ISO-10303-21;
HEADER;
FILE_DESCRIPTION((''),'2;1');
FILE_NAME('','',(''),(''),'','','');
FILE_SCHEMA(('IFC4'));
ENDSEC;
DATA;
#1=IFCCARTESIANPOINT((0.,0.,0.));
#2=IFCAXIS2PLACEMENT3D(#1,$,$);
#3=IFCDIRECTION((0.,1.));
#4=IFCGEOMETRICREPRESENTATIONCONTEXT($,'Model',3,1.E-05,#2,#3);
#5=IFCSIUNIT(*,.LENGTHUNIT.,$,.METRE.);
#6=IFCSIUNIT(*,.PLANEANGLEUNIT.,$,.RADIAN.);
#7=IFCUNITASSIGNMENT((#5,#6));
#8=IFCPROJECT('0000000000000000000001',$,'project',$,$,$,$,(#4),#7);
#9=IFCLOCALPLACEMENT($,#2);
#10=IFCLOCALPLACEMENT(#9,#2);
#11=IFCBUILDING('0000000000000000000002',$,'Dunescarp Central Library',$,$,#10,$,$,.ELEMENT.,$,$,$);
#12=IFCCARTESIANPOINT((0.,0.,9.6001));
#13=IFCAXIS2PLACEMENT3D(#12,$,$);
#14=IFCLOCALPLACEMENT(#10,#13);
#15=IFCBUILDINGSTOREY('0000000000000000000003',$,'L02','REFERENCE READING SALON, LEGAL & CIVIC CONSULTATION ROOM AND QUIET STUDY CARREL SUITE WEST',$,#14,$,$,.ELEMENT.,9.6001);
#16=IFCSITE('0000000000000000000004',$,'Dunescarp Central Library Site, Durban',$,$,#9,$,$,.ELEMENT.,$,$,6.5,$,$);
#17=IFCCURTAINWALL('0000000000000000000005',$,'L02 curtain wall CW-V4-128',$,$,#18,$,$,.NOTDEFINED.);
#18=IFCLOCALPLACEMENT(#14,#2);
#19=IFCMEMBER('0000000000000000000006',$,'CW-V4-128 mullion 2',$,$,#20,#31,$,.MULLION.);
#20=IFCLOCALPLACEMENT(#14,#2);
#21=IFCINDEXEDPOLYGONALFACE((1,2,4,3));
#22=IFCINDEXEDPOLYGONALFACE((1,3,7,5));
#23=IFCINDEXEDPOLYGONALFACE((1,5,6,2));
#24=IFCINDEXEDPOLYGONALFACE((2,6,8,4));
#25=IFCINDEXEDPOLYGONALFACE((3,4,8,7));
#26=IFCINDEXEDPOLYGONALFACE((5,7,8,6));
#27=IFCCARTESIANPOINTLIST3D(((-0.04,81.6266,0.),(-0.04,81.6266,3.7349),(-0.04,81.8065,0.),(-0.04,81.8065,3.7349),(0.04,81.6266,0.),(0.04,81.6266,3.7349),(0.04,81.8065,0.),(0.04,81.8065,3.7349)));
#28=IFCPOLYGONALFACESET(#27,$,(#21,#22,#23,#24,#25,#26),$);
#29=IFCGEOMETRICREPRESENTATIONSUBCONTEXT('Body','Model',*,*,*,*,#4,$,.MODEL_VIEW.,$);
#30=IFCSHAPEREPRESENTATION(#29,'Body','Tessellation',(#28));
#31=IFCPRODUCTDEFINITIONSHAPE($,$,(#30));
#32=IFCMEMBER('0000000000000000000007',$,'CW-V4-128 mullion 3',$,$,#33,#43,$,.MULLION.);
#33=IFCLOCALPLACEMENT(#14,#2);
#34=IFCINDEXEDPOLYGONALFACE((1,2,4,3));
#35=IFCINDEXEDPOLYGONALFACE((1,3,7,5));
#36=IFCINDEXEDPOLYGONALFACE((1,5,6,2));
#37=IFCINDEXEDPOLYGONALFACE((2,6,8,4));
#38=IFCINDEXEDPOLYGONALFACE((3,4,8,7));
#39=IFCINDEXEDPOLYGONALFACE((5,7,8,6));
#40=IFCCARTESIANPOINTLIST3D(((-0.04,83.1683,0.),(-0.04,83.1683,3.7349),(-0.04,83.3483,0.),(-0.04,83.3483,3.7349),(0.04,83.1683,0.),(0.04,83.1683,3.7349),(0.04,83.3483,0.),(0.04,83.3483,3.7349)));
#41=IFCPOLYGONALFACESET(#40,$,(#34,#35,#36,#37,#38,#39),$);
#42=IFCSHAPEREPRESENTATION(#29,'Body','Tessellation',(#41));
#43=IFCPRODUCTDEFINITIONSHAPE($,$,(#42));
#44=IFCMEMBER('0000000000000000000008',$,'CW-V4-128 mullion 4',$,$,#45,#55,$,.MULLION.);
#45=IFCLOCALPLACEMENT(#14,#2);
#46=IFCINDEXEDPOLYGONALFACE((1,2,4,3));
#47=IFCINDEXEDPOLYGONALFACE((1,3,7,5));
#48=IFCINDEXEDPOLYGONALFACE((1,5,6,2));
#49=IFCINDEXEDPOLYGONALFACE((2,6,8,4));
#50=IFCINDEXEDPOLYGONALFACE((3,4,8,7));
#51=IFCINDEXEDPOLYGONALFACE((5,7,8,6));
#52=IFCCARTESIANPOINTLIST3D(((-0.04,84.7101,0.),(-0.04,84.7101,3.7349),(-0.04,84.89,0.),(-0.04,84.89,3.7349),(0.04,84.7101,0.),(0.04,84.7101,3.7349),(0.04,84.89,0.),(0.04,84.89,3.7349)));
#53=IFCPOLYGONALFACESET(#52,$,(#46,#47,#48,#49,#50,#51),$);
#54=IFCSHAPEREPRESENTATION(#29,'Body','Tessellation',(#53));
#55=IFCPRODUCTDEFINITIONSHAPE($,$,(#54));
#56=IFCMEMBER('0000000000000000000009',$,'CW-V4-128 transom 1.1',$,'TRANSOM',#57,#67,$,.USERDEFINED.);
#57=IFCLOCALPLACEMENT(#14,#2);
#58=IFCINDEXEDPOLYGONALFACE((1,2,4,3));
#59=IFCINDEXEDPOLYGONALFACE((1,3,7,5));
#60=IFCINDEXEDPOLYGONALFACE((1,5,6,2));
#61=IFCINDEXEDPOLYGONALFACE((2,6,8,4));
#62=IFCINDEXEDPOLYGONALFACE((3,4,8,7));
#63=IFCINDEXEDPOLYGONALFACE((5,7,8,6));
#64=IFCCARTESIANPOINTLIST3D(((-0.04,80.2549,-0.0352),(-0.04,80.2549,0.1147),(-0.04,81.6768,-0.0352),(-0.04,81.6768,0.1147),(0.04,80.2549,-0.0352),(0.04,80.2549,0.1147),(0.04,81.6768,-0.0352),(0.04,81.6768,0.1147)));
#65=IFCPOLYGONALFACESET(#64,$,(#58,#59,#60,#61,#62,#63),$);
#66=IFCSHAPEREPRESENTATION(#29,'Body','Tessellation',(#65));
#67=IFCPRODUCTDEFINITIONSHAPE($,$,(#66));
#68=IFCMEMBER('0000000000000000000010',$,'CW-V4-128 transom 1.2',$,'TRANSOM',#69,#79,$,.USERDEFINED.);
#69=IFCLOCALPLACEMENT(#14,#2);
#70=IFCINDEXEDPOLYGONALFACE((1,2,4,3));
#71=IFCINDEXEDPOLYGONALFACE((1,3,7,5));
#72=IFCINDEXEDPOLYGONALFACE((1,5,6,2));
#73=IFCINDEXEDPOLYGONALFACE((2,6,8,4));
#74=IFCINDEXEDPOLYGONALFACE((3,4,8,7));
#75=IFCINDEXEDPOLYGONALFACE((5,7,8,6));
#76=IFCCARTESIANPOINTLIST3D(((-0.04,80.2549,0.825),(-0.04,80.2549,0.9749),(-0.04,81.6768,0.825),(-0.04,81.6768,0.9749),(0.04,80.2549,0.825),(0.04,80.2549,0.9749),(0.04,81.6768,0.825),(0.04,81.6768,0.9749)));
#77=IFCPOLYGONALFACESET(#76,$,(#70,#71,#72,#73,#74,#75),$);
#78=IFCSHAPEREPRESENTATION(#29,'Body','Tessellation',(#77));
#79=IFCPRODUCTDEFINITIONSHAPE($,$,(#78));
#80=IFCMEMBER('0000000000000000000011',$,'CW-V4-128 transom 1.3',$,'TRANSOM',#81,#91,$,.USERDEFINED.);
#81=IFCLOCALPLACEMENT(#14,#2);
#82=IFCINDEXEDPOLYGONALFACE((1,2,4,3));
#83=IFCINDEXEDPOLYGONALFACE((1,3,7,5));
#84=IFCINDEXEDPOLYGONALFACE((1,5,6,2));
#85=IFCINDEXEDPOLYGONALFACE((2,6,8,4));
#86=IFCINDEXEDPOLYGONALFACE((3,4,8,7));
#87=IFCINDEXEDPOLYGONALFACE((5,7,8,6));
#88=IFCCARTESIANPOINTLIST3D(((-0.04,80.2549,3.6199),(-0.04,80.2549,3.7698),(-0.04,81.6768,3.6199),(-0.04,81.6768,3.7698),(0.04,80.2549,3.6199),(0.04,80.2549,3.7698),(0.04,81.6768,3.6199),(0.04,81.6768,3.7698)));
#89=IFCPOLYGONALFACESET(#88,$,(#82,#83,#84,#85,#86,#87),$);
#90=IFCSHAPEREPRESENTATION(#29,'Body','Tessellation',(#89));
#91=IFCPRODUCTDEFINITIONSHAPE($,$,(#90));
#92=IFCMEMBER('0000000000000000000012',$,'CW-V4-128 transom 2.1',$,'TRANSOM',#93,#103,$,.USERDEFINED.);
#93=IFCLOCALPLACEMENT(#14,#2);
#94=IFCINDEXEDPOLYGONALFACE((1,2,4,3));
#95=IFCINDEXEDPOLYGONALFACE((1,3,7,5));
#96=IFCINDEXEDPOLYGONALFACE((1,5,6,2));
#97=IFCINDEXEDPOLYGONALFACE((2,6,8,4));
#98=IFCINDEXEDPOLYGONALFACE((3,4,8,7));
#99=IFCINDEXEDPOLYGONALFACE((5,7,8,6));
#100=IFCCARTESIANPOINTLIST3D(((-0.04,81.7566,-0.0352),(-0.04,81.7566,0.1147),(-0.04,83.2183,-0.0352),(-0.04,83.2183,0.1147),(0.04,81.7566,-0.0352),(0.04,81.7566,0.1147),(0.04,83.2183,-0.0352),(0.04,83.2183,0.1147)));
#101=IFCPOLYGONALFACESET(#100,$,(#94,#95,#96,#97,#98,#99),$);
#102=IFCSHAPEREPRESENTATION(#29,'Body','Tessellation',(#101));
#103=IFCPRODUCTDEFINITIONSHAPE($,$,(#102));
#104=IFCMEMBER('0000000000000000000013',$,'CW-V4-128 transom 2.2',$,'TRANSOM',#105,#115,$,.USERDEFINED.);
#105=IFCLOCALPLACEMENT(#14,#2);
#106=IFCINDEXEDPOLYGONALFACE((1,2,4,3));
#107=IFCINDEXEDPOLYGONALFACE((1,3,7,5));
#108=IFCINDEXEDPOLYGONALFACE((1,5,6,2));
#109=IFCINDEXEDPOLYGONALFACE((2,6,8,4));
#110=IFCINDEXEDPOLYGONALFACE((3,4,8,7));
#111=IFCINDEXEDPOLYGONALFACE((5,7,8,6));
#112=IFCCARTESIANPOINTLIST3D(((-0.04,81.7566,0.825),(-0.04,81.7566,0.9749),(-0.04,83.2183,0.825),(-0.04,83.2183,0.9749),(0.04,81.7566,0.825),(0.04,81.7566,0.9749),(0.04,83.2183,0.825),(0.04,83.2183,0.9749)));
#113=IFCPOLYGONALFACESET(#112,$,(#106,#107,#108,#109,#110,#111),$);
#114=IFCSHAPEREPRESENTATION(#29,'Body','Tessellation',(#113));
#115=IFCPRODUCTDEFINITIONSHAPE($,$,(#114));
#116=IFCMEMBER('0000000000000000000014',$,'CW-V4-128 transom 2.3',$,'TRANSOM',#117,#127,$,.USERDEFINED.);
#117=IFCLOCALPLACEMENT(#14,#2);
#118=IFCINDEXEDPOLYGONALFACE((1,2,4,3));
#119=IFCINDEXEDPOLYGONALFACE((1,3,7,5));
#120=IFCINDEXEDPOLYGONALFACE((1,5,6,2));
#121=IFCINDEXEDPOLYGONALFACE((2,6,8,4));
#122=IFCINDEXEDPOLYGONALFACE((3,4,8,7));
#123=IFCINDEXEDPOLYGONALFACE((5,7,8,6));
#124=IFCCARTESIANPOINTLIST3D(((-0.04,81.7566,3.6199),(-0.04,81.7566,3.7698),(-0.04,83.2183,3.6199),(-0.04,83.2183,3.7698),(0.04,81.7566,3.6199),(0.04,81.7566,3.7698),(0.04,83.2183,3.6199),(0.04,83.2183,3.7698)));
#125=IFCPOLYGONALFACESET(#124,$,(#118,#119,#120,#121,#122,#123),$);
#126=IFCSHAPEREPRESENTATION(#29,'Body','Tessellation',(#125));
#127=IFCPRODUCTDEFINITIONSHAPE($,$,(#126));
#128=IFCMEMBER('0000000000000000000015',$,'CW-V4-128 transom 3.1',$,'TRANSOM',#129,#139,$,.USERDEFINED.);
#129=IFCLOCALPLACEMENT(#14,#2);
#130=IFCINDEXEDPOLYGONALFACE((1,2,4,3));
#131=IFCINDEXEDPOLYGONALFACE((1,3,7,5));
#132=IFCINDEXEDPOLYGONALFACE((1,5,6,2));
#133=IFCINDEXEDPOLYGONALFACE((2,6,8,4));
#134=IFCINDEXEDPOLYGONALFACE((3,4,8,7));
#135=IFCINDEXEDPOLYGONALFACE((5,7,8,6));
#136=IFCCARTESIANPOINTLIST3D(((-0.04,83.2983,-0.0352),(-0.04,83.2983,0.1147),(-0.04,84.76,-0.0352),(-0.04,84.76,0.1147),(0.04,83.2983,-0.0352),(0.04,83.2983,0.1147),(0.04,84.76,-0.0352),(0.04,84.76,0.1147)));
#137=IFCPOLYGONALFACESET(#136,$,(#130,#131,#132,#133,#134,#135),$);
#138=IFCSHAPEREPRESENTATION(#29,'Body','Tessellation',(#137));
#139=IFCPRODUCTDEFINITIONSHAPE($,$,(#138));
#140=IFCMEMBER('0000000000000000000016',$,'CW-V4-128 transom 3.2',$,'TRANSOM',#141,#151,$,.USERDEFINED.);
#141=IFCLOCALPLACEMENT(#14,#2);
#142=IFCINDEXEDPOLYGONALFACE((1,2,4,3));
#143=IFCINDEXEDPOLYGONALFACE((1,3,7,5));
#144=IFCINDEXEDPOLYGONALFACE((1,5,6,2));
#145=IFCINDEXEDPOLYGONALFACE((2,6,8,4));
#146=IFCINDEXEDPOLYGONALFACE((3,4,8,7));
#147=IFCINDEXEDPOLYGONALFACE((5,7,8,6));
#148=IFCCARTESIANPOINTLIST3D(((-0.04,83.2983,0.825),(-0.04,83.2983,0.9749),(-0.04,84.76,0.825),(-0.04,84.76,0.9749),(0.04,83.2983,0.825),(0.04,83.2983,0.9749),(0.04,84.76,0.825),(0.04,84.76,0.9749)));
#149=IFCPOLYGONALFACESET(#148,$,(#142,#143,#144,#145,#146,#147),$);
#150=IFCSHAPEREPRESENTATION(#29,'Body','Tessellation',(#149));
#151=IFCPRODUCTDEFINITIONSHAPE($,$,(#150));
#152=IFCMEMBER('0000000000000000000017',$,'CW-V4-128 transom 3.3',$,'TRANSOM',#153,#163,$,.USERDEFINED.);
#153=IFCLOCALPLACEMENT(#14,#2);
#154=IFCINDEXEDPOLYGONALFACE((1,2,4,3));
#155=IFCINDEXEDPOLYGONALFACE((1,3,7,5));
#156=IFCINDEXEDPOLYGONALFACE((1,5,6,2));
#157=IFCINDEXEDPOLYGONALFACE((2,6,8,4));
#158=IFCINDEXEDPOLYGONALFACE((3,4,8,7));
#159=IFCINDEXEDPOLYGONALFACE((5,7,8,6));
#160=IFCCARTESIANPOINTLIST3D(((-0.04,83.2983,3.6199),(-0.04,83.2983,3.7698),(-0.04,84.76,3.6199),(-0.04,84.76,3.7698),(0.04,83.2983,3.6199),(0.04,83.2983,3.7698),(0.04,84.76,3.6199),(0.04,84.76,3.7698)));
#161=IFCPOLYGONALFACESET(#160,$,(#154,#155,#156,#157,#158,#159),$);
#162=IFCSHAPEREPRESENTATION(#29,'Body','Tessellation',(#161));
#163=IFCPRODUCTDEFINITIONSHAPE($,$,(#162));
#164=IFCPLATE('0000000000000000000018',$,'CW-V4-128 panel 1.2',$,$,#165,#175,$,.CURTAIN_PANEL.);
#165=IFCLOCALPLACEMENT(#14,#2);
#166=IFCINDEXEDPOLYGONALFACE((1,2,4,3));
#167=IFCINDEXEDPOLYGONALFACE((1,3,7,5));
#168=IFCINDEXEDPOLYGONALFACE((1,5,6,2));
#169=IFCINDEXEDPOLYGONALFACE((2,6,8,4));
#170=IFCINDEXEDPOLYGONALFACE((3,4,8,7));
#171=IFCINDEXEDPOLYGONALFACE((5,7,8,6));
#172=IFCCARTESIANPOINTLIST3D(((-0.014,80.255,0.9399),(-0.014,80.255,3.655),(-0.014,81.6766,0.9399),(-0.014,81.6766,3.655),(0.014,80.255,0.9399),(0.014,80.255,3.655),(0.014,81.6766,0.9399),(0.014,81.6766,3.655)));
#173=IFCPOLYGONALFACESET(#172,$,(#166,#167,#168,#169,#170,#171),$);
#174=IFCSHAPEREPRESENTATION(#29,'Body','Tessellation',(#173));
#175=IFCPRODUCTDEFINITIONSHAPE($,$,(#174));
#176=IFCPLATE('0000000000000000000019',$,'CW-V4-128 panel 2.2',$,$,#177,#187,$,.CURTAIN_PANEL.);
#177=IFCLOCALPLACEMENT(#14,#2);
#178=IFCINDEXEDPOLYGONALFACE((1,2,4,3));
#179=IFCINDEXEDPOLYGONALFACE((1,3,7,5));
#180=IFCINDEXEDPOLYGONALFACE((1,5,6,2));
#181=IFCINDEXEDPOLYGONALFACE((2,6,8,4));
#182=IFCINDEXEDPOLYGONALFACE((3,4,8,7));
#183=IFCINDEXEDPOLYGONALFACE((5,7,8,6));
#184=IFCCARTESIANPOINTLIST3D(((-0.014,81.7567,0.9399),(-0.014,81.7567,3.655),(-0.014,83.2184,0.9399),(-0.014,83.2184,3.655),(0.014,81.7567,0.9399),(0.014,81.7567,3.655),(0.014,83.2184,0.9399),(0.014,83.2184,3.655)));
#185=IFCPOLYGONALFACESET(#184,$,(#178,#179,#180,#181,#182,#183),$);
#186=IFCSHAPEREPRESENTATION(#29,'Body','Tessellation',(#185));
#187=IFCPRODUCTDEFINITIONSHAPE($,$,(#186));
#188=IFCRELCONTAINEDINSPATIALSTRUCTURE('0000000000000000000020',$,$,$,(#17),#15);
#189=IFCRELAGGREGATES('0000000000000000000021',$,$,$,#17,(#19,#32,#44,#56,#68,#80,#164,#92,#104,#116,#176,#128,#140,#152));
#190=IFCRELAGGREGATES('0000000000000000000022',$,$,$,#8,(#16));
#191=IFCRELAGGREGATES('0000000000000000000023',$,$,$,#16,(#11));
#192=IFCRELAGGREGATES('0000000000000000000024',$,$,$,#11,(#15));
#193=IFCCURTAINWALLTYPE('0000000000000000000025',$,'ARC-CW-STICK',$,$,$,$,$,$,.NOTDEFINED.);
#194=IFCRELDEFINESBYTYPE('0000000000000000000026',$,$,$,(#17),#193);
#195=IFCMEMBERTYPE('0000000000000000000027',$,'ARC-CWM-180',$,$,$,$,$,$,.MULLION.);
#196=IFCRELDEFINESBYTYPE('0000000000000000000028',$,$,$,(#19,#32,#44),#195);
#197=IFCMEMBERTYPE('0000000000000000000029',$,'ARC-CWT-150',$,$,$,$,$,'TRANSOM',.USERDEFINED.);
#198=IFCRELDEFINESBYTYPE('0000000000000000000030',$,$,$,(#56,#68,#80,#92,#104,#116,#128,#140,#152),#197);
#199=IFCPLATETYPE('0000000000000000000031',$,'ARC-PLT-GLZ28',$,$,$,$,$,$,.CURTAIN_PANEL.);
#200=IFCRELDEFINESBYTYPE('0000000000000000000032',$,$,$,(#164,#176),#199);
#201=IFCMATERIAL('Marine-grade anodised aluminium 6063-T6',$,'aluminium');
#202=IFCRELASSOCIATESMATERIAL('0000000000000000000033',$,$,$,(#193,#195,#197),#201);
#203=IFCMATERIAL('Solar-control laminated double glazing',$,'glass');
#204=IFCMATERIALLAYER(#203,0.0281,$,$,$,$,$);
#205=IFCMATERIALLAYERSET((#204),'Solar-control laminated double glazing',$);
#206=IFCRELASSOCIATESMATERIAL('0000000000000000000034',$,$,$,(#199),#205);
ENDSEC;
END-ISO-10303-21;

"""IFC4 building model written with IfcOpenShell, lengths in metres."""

from ifc_helpers import new_model, si_unit, direction, frame, origin, origin_2d, place, context, subcontext, project, spatial, rectangle, extrude, material, layer, layer_set, material_profile, profile_set, type_object, element, aggregate, save


model = new_model("IFC4")

# Units and contexts
model_context = context("Model", 3, precision=1e-05, world=origin(), true_north=direction((0.0, 1.0)))
body_context = subcontext(model_context, "Body", "Model", "MODEL_VIEW")
ifc_project = project(units=[si_unit("LENGTHUNIT", "METRE"), si_unit("PLANEANGLEUNIT", "RADIAN")], contexts=[model_context])

# Site, building, storey
site_placement = place(None, origin())
site = spatial("IfcSite", under=ifc_project, at=site_placement, Name="Dunescarp Central Library Site, Durban", CompositionType="ELEMENT", RefElevation=6.5)
building_placement = place(site_placement, origin())
building = spatial("IfcBuilding", under=site, at=building_placement, Name="Dunescarp Central Library", CompositionType="ELEMENT")
storey_placement = place(building_placement, frame((0.0, 0.0, 9.6001)))
storey = spatial("IfcBuildingStorey", under=building, at=storey_placement, Name="L02", Description="REFERENCE READING SALON, LEGAL & CIVIC CONSULTATION ROOM AND QUIET STUDY CARREL SUITE WEST", CompositionType="ELEMENT", Elevation=9.6001)

# Curtain wall, members, plates
ifc_material_1 = material(Name="Marine-grade anodised aluminium 6063-T6", Category="aluminium")
curtain_wall_type = type_object("IfcCurtainWallType", Name="ARC-CW-STICK", PredefinedType="NOTDEFINED", material=ifc_material_1)
curtain_wall_placement = place(storey_placement, origin())
curtain_wall = element("IfcCurtainWall", 1, at=curtain_wall_placement, inside=storey, type_object=curtain_wall_type, Name="L02 curtain wall CW-V4-128", PredefinedType="NOTDEFINED")
ifc_material_profile_1 = material_profile(ifc_material_1, rectangle(XDim=0.0801, YDim=0.1799, at=origin_2d()), Name="AL 80x180")
ifc_profile_set_1 = profile_set([ifc_material_profile_1], Name="Marine-grade anodised aluminium 6063-T6")
member_type_1 = type_object("IfcMemberType", Name="ARC-CWM-180", PredefinedType="MULLION", material=ifc_profile_set_1)
member_1_placement = place(storey_placement, frame((0.0, 81.7166, 0.0), z_axis=(0.0, 0.0, 1.0), x_axis=(-1.0, 0.0, 0.0)))
member_1 = element("IfcMember", 2, at=member_1_placement, type_object=member_type_1, Name="CW-V4-128 mullion 2", PredefinedType="MULLION", context=body_context, shape_type="SweptSolid", body=[
    extrude(rectangle(XDim=0.0801, YDim=0.1799, at=origin_2d()), origin(), (0.0, 0.0, 1.0), 3.7349),
])
member_2_placement = place(storey_placement, frame((0.0, 83.2583, 0.0), z_axis=(0.0, 0.0, 1.0), x_axis=(-1.0, 0.0, 0.0)))
member_2 = element("IfcMember", 3, at=member_2_placement, type_object=member_type_1, Name="CW-V4-128 mullion 3", PredefinedType="MULLION", context=body_context, shape_type="SweptSolid", body=[
    extrude(rectangle(XDim=0.0801, YDim=0.1799, at=origin_2d()), origin(), (0.0, 0.0, 1.0), 3.7349),
])
member_3_placement = place(storey_placement, frame((0.0, 84.8, 0.0), z_axis=(0.0, 0.0, 1.0), x_axis=(-1.0, 0.0, 0.0)))
member_3 = element("IfcMember", 4, at=member_3_placement, type_object=member_type_1, Name="CW-V4-128 mullion 4", PredefinedType="MULLION", context=body_context, shape_type="SweptSolid", body=[
    extrude(rectangle(XDim=0.0801, YDim=0.1799, at=origin_2d()), origin(), (0.0, 0.0, 1.0), 3.7349),
])
ifc_material_profile_2 = material_profile(ifc_material_1, rectangle(XDim=0.0801, YDim=0.1499, at=origin_2d()), Name="AL 80x150")
ifc_profile_set_2 = profile_set([ifc_material_profile_2], Name="Marine-grade anodised aluminium 6063-T6")
member_type_2 = type_object("IfcMemberType", Name="ARC-CWT-150", ElementType="TRANSOM", PredefinedType="USERDEFINED", material=ifc_profile_set_2)
member_4_placement = place(storey_placement, frame((0.0, 80.2549, 0.0398), z_axis=(0.0, 1.0, 0.0), x_axis=(-1.0, 0.0, 0.0)))
member_4 = element("IfcMember", 5, at=member_4_placement, type_object=member_type_2, Name="CW-V4-128 transom 1.1", ObjectType="TRANSOM", PredefinedType="USERDEFINED", context=body_context, shape_type="SweptSolid", body=[
    extrude(rectangle(XDim=0.0801, YDim=0.1499, at=origin_2d()), origin(), (0.0, 0.0, 1.0), 1.4219),
])
member_5_placement = place(storey_placement, frame((0.0, 80.2549, 0.8999), z_axis=(0.0, 1.0, 0.0), x_axis=(-1.0, 0.0, 0.0)))
member_5 = element("IfcMember", 6, at=member_5_placement, type_object=member_type_2, Name="CW-V4-128 transom 1.2", ObjectType="TRANSOM", PredefinedType="USERDEFINED", context=body_context, shape_type="SweptSolid", body=[
    extrude(rectangle(XDim=0.0801, YDim=0.1499, at=origin_2d()), origin(), (0.0, 0.0, 1.0), 1.4219),
])
member_6_placement = place(storey_placement, frame((0.0, 80.2549, 3.6948), z_axis=(0.0, 1.0, 0.0), x_axis=(-1.0, 0.0, 0.0)))
member_6 = element("IfcMember", 7, at=member_6_placement, type_object=member_type_2, Name="CW-V4-128 transom 1.3", ObjectType="TRANSOM", PredefinedType="USERDEFINED", context=body_context, shape_type="SweptSolid", body=[
    extrude(rectangle(XDim=0.0801, YDim=0.1499, at=origin_2d()), origin(), (0.0, 0.0, 1.0), 1.4219),
])
member_7_placement = place(storey_placement, frame((0.0, 81.7566, 0.0398), z_axis=(0.0, 1.0, 0.0), x_axis=(-1.0, 0.0, 0.0)))
member_7 = element("IfcMember", 8, at=member_7_placement, type_object=member_type_2, Name="CW-V4-128 transom 2.1", ObjectType="TRANSOM", PredefinedType="USERDEFINED", context=body_context, shape_type="SweptSolid", body=[
    extrude(rectangle(XDim=0.0801, YDim=0.1499, at=origin_2d()), origin(), (0.0, 0.0, 1.0), 1.4617),
])
member_8_placement = place(storey_placement, frame((0.0, 81.7566, 0.8999), z_axis=(0.0, 1.0, 0.0), x_axis=(-1.0, 0.0, 0.0)))
member_8 = element("IfcMember", 9, at=member_8_placement, type_object=member_type_2, Name="CW-V4-128 transom 2.2", ObjectType="TRANSOM", PredefinedType="USERDEFINED", context=body_context, shape_type="SweptSolid", body=[
    extrude(rectangle(XDim=0.0801, YDim=0.1499, at=origin_2d()), origin(), (0.0, 0.0, 1.0), 1.4617),
])
member_9_placement = place(storey_placement, frame((0.0, 81.7566, 3.6948), z_axis=(0.0, 1.0, 0.0), x_axis=(-1.0, 0.0, 0.0)))
member_9 = element("IfcMember", 10, at=member_9_placement, type_object=member_type_2, Name="CW-V4-128 transom 2.3", ObjectType="TRANSOM", PredefinedType="USERDEFINED", context=body_context, shape_type="SweptSolid", body=[
    extrude(rectangle(XDim=0.0801, YDim=0.1499, at=origin_2d()), origin(), (0.0, 0.0, 1.0), 1.4617),
])
member_10_placement = place(storey_placement, frame((0.0, 83.2983, 0.0398), z_axis=(0.0, 1.0, 0.0), x_axis=(-1.0, 0.0, 0.0)))
member_10 = element("IfcMember", 11, at=member_10_placement, type_object=member_type_2, Name="CW-V4-128 transom 3.1", ObjectType="TRANSOM", PredefinedType="USERDEFINED", context=body_context, shape_type="SweptSolid", body=[
    extrude(rectangle(XDim=0.0801, YDim=0.1499, at=origin_2d()), origin(), (0.0, 0.0, 1.0), 1.4617),
])
member_11_placement = place(storey_placement, frame((0.0, 83.2983, 0.8999), z_axis=(0.0, 1.0, 0.0), x_axis=(-1.0, 0.0, 0.0)))
member_11 = element("IfcMember", 12, at=member_11_placement, type_object=member_type_2, Name="CW-V4-128 transom 3.2", ObjectType="TRANSOM", PredefinedType="USERDEFINED", context=body_context, shape_type="SweptSolid", body=[
    extrude(rectangle(XDim=0.0801, YDim=0.1499, at=origin_2d()), origin(), (0.0, 0.0, 1.0), 1.4617),
])
member_12_placement = place(storey_placement, frame((0.0, 83.2983, 3.6948), z_axis=(0.0, 1.0, 0.0), x_axis=(-1.0, 0.0, 0.0)))
member_12 = element("IfcMember", 13, at=member_12_placement, type_object=member_type_2, Name="CW-V4-128 transom 3.3", ObjectType="TRANSOM", PredefinedType="USERDEFINED", context=body_context, shape_type="SweptSolid", body=[
    extrude(rectangle(XDim=0.0801, YDim=0.1499, at=origin_2d()), origin(), (0.0, 0.0, 1.0), 1.4617),
])
ifc_material_2 = material(Name="Solar-control laminated double glazing", Category="glass")
ifc_layer_1 = layer(ifc_material_2, 0.0281)
ifc_layer_set_1 = layer_set([ifc_layer_1], Name="Solar-control laminated double glazing")
plate_type_1 = type_object("IfcPlateType", Name="ARC-PLT-GLZ28", PredefinedType="CURTAIN_PANEL", material=ifc_layer_set_1)
plate_1_placement = place(storey_placement, frame((0.0, 80.9658, 0.9399), z_axis=(0.0, 0.0, 1.0), x_axis=(0.0, 1.0, 0.0)))
plate_1 = element("IfcPlate", 14, at=plate_1_placement, type_object=plate_type_1, Name="CW-V4-128 panel 1.2", PredefinedType="CURTAIN_PANEL", context=body_context, shape_type="SweptSolid", body=[
    extrude(rectangle(XDim=1.4216, YDim=0.0281, at=origin_2d()), origin(), (0.0, 0.0, 1.0), 2.7151),
])
plate_2_placement = place(storey_placement, frame((0.0, 82.4875, 0.9399), z_axis=(0.0, 0.0, 1.0), x_axis=(0.0, 1.0, 0.0)))
plate_2 = element("IfcPlate", 15, at=plate_2_placement, type_object=plate_type_1, Name="CW-V4-128 panel 2.2", PredefinedType="CURTAIN_PANEL", context=body_context, shape_type="SweptSolid", body=[
    extrude(rectangle(XDim=1.4617, YDim=0.0281, at=origin_2d()), origin(), (0.0, 0.0, 1.0), 2.7151),
])
aggregate(curtain_wall, [member_1, member_2, member_3, member_4, member_5, member_6, plate_1, member_7, member_8, member_9, plate_2, member_10, member_11, member_12])

save(model, "model.ifc")
